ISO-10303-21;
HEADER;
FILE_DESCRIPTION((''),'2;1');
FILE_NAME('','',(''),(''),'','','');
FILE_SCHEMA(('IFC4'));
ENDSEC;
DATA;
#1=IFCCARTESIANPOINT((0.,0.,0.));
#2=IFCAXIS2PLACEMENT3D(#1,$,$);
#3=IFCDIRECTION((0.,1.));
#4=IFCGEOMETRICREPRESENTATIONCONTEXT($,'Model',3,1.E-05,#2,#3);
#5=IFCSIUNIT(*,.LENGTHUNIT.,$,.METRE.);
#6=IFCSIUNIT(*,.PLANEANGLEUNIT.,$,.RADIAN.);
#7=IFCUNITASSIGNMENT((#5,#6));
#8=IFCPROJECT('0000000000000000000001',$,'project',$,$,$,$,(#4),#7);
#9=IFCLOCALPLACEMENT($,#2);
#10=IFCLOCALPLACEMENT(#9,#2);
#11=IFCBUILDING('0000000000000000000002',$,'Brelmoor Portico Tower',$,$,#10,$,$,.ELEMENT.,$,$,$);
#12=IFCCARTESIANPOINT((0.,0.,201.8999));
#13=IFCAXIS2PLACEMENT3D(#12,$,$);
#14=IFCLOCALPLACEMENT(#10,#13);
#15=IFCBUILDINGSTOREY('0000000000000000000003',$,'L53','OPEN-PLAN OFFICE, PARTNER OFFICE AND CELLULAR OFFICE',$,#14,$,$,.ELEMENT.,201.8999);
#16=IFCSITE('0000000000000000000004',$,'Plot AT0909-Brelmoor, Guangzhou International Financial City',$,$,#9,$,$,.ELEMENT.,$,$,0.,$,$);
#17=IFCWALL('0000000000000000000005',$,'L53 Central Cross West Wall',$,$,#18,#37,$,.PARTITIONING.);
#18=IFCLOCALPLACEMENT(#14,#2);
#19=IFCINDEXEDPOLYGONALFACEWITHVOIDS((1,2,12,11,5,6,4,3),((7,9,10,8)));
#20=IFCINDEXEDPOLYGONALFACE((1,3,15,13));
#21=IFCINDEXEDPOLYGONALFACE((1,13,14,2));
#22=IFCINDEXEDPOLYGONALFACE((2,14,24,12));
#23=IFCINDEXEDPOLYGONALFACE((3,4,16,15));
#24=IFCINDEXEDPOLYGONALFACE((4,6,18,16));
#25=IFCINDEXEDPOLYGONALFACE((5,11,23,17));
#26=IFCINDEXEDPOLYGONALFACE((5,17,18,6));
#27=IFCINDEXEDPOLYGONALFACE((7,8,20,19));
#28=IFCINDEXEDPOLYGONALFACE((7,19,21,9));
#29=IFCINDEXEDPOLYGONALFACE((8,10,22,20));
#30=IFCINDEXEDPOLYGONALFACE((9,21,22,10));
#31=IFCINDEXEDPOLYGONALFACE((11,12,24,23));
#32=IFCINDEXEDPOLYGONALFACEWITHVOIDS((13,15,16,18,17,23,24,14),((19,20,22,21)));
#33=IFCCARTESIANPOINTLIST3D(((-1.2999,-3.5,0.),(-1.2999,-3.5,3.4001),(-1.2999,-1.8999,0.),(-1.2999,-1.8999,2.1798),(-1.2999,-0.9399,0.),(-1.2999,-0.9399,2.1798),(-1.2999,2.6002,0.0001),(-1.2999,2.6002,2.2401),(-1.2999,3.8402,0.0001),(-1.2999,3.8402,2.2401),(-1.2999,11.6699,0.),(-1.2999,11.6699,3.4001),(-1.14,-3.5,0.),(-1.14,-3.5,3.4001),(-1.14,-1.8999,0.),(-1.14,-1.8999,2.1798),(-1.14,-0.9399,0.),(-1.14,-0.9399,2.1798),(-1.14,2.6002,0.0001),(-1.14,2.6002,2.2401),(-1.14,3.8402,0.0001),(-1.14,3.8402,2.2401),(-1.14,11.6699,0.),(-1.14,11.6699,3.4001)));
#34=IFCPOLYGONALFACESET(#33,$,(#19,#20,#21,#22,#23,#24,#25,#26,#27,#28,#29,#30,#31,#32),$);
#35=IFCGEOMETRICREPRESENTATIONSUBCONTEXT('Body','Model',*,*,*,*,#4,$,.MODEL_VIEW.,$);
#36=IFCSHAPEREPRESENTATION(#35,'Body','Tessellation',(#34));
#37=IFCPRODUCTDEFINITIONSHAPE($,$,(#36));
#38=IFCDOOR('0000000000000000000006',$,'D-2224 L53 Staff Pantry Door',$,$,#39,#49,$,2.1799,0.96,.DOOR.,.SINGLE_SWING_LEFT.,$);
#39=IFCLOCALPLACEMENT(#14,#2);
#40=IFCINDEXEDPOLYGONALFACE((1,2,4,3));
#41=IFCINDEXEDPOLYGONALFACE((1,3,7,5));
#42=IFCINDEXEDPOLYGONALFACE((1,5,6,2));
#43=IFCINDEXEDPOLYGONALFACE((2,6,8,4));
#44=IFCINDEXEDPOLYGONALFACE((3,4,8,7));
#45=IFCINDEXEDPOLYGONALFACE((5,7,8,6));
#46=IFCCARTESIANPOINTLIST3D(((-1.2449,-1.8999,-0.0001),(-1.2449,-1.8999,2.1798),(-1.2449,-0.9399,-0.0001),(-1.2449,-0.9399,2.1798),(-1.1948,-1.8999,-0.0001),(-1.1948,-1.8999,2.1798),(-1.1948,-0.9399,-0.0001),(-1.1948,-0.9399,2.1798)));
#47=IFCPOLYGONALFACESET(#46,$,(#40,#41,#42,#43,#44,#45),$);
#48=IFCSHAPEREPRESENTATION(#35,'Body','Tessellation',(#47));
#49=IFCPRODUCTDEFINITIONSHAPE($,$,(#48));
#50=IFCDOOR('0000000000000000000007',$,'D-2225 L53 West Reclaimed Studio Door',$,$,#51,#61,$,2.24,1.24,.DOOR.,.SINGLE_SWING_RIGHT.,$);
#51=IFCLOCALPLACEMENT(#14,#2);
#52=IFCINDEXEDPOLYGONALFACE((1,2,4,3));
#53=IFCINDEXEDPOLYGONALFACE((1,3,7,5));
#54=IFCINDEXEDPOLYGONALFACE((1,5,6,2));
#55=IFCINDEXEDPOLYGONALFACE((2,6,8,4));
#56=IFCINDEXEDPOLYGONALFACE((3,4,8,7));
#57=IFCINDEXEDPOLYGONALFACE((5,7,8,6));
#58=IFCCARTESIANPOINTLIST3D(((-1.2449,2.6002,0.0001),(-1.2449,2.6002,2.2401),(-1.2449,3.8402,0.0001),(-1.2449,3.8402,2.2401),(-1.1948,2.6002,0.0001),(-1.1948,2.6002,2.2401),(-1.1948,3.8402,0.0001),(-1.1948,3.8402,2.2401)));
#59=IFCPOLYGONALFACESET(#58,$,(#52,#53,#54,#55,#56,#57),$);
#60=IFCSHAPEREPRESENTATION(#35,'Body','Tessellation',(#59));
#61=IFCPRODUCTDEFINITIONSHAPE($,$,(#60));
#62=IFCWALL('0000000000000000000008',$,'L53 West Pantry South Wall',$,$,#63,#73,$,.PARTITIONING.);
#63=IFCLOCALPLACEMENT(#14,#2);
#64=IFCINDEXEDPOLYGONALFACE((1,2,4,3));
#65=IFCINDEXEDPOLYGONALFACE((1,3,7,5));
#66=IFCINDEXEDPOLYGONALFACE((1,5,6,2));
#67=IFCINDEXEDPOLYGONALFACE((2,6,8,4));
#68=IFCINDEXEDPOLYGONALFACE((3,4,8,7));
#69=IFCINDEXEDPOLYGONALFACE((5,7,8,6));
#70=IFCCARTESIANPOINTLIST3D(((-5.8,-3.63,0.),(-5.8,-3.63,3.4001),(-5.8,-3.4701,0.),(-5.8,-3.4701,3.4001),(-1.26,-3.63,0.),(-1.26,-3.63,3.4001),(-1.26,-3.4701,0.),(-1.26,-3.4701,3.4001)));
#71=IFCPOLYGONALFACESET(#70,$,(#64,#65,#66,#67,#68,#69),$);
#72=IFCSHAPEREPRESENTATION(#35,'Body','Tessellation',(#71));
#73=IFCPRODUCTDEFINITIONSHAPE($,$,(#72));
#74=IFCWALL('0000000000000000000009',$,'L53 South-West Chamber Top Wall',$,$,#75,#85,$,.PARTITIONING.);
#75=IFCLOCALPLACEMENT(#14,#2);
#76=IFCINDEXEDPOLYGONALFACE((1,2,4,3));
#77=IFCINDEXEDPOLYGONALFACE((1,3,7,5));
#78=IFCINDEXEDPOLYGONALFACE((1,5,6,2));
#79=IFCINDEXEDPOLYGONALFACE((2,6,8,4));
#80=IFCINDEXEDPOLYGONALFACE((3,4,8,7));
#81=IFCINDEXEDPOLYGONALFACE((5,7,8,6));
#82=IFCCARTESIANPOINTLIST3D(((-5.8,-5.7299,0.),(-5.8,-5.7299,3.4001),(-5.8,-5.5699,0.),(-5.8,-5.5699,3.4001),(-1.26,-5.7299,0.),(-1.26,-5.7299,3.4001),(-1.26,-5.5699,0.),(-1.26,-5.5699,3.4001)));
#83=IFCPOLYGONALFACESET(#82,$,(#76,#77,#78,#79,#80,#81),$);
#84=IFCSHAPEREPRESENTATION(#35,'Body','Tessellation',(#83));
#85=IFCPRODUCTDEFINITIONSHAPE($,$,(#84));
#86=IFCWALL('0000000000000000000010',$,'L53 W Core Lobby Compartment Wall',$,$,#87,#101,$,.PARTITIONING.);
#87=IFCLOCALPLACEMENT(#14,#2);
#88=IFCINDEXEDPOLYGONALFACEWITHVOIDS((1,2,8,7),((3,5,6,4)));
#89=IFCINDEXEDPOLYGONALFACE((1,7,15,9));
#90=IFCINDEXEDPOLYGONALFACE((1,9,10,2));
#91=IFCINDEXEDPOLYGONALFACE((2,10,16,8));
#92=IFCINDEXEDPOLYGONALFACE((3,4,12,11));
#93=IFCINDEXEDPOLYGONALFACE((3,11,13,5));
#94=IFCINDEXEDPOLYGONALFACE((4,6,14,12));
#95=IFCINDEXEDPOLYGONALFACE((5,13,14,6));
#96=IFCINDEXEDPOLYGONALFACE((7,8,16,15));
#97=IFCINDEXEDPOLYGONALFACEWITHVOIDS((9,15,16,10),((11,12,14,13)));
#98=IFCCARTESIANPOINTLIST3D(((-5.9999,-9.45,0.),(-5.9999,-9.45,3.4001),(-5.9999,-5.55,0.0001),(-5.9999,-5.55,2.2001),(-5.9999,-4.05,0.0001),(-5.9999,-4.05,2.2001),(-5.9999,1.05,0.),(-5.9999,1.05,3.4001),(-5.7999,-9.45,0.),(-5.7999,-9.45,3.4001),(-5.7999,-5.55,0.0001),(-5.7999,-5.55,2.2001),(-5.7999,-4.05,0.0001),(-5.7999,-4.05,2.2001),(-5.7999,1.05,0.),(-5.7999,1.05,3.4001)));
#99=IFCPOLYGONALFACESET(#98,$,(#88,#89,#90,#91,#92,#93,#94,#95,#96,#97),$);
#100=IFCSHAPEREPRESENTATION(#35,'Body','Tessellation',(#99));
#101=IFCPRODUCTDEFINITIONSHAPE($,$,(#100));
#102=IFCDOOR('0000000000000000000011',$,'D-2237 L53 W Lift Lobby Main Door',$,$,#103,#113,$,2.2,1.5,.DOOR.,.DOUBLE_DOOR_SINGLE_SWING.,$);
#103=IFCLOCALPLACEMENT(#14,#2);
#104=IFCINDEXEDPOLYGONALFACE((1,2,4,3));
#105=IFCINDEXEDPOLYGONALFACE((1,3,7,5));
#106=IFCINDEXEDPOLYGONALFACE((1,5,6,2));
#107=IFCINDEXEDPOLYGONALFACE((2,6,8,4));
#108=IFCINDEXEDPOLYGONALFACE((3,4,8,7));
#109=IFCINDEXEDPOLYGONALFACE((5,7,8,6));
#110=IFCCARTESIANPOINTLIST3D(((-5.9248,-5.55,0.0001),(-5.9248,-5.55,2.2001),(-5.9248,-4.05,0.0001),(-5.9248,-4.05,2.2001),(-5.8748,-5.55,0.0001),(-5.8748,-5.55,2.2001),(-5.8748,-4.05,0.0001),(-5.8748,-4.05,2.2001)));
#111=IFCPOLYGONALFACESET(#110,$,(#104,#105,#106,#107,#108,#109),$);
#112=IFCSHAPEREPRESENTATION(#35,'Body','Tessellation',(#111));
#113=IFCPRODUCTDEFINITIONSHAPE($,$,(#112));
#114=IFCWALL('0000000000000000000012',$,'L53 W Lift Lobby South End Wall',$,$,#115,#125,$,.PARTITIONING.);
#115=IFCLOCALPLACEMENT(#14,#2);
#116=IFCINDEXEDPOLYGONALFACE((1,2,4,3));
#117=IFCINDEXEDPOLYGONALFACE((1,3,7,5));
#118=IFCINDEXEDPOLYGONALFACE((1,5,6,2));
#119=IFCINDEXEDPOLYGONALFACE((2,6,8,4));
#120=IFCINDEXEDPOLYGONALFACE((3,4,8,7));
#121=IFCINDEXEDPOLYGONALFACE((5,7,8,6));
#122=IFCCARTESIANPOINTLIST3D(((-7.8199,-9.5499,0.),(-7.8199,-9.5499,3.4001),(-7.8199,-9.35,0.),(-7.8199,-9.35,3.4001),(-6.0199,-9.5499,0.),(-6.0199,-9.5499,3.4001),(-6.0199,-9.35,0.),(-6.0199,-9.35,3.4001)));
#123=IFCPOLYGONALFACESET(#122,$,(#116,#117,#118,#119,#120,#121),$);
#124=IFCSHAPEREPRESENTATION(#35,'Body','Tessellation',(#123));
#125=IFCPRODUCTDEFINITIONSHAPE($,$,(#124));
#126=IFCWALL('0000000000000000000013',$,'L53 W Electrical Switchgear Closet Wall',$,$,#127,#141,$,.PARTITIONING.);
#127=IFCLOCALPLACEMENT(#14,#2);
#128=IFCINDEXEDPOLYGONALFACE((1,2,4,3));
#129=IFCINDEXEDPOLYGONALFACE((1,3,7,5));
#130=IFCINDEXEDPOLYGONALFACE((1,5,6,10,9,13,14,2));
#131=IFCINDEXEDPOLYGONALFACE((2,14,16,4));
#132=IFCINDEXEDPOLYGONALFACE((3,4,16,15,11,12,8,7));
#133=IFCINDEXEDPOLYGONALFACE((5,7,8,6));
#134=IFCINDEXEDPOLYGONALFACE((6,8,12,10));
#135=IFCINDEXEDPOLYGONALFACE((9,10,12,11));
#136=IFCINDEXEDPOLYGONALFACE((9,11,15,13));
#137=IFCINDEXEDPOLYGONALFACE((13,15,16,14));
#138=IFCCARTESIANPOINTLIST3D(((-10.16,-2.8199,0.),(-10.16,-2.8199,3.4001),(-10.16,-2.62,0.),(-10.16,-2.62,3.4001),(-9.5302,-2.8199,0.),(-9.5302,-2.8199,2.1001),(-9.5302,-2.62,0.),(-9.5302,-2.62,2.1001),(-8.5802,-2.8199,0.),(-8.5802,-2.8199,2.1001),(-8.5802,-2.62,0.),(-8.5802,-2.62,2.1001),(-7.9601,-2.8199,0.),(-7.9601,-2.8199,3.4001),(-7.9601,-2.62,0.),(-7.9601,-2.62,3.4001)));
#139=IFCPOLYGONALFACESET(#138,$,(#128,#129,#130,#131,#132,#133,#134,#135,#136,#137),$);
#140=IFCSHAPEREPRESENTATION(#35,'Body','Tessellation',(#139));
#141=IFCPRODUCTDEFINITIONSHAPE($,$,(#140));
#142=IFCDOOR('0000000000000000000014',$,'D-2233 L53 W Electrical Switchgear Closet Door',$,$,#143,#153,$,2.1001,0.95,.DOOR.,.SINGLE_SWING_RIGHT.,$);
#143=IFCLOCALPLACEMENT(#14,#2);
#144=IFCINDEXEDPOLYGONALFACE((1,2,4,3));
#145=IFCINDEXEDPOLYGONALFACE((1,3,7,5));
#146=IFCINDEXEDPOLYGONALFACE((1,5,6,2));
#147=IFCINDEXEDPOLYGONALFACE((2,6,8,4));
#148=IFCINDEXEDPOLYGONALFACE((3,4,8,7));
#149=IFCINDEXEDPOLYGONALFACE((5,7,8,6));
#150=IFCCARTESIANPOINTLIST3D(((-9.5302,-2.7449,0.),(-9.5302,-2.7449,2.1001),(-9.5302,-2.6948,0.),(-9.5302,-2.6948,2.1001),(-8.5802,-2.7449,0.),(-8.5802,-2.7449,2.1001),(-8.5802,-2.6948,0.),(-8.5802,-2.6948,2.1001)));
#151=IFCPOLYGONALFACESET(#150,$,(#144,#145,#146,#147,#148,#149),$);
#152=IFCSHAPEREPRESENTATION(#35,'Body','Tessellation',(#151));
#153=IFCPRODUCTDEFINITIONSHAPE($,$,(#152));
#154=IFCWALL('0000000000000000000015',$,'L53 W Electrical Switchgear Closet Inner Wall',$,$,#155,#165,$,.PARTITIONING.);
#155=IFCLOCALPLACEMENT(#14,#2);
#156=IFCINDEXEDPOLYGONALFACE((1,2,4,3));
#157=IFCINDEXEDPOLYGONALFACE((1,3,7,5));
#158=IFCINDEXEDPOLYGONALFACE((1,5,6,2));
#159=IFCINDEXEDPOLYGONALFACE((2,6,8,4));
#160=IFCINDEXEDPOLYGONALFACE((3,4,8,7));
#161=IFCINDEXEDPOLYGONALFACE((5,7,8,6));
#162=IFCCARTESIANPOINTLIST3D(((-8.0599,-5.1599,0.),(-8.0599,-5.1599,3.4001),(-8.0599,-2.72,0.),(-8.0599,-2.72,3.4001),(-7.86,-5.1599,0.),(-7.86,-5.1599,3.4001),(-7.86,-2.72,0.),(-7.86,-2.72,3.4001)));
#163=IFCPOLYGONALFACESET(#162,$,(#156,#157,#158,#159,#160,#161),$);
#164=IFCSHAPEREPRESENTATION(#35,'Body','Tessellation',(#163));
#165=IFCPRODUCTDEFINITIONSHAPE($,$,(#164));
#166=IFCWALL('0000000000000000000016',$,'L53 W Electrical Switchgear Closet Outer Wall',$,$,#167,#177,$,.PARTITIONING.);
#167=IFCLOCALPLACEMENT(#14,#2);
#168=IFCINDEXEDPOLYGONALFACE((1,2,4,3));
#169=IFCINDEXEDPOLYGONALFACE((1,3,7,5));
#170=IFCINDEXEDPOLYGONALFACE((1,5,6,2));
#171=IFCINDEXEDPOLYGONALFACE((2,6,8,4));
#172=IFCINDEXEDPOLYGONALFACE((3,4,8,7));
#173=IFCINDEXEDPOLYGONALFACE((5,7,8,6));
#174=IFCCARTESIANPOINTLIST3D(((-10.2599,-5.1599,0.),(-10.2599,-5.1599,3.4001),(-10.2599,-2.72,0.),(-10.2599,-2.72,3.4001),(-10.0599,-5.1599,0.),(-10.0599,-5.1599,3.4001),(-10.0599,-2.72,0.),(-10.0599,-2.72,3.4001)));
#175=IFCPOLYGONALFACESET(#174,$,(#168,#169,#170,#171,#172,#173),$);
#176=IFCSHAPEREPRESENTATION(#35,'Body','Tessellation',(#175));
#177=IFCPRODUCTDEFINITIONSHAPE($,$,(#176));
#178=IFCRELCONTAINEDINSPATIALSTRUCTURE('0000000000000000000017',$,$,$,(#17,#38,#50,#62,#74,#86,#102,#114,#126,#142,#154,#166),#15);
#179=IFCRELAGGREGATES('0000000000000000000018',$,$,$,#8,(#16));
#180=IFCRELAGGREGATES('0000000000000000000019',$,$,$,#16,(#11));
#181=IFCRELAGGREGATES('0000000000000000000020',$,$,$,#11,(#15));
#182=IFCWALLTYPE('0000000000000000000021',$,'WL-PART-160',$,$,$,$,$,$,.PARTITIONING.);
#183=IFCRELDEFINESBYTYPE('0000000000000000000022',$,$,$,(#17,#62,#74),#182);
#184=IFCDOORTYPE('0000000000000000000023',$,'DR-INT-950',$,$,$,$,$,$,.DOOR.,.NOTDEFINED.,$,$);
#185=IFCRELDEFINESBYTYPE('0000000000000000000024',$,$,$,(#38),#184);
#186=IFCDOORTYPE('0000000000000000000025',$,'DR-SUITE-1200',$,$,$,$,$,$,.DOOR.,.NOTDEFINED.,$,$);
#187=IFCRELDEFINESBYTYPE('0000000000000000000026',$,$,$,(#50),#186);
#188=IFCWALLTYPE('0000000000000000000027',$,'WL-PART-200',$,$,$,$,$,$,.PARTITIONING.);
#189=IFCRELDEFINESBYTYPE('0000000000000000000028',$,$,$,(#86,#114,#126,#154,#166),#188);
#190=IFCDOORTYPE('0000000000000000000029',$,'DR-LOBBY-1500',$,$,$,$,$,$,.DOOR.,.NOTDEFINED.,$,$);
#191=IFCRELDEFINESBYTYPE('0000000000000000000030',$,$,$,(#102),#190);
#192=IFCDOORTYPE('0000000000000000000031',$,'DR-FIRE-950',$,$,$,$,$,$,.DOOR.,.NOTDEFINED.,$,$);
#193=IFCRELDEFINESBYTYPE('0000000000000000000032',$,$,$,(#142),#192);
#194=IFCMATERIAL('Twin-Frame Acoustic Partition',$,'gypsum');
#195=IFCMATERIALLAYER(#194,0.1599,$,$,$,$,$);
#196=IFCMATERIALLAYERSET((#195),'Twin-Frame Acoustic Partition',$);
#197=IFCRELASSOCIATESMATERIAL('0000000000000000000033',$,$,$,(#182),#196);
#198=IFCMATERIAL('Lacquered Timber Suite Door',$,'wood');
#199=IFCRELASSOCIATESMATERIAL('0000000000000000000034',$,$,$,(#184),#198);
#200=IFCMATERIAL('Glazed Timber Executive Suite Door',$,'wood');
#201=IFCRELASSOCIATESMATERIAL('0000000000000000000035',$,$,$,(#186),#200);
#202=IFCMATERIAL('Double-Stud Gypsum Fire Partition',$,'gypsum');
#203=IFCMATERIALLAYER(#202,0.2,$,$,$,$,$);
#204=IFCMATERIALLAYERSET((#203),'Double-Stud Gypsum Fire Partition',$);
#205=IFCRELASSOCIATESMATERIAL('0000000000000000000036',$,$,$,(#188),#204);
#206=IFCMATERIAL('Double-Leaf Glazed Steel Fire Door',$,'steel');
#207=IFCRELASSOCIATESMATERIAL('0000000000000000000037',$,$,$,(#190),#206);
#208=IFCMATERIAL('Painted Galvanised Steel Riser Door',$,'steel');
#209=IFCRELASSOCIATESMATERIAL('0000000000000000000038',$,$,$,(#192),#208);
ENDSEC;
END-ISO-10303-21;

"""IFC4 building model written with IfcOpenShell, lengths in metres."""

from ifc_helpers import new_model, si_unit, direction, frame, frame_2d, origin, place, context, subcontext, project, spatial, rectangle, extrude, material, layer, layer_set, type_object, element, fill, save


model = new_model("IFC4")

# Units and contexts
model_context = context("Model", 3, precision=1e-05, world=origin(), true_north=direction((0.0, 1.0)))
body_context = subcontext(model_context, "Body", "Model", "MODEL_VIEW")
ifc_project = project(units=[si_unit("LENGTHUNIT", "METRE"), si_unit("PLANEANGLEUNIT", "RADIAN")], contexts=[model_context])

# Site, building, storey
site_placement = place(None, origin())
site = spatial("IfcSite", under=ifc_project, at=site_placement, Name="Plot AT0909-Brelmoor, Guangzhou International Financial City", CompositionType="ELEMENT", RefElevation=0.0)
building_placement = place(site_placement, origin())
building = spatial("IfcBuilding", under=site, at=building_placement, Name="Brelmoor Portico Tower", CompositionType="ELEMENT")
storey_placement = place(building_placement, frame((0.0, 0.0, 201.8999)))
storey = spatial("IfcBuildingStorey", under=building, at=storey_placement, Name="L53", Description="OPEN-PLAN OFFICE, PARTNER OFFICE AND CELLULAR OFFICE", CompositionType="ELEMENT", Elevation=201.8999)

# Shared definitions
ifc_material_1 = material(Name="Twin-Frame Acoustic Partition", Category="gypsum")
ifc_layer_1 = layer(ifc_material_1, 0.1599)
ifc_layer_set_1 = layer_set([ifc_layer_1], Name="Twin-Frame Acoustic Partition")
wall_type_1 = type_object("IfcWallType", Name="WL-PART-160", PredefinedType="PARTITIONING", material=ifc_layer_set_1)
ifc_material_2 = material(Name="Lacquered Timber Suite Door", Category="wood")

# Wall, openings, doors
wall_1_placement = place(storey_placement, frame((-1.22, -3.5, 0.0), z_axis=(0.0, 0.0, 1.0), x_axis=(0.0, 1.0, 0.0)))
wall_1 = element("IfcWall", 1, at=wall_1_placement, inside=storey, type_object=wall_type_1, Name="L53 Central Cross West Wall", PredefinedType="PARTITIONING", context=body_context, shape_type="SweptSolid", body=[
    extrude(rectangle(XDim=15.1699, YDim=0.1599, at=frame_2d((7.585, 0.0))), origin(), (0.0, 0.0, 1.0), 3.4001),
])
opening_1_placement = place(wall_1_placement, frame((6.1001, 0.0, 0.0)))
opening_1 = element("IfcOpeningElement", 2, at=opening_1_placement, cuts=wall_1, PredefinedType="OPENING", context=body_context, shape_type="SweptSolid", body=[
    extrude(rectangle(XDim=1.24, YDim=2.24, at=frame_2d((0.6201, 1.1201))), frame((0.0, 0.0898, 0.0), z_axis=(0.0, -1.0, 0.0), x_axis=(1.0, 0.0, 0.0)), (0.0, 0.0, 1.0), 0.1799),
])
opening_2_placement = place(wall_1_placement, frame((1.6001, 0.0, 0.0)))
opening_2 = element("IfcOpeningElement", 3, at=opening_2_placement, cuts=wall_1, PredefinedType="OPENING", context=body_context, shape_type="SweptSolid", body=[
    extrude(rectangle(XDim=0.96, YDim=2.1799, at=frame_2d((0.48, 1.0898))), frame((0.0, 0.0898, 0.0), z_axis=(0.0, -1.0, 0.0), x_axis=(1.0, 0.0, 0.0)), (0.0, 0.0, 1.0), 0.1799),
])
door_type_1 = type_object("IfcDoorType", Name="DR-INT-950", OperationType="NOTDEFINED", PredefinedType="DOOR", material=ifc_material_2)
door_1_placement = place(opening_2_placement, origin())
door_1 = element("IfcDoor", 4, at=door_1_placement, inside=storey, type_object=door_type_1, Name="D-2224 L53 Staff Pantry Door", OperationType="SINGLE_SWING_LEFT", OverallHeight=2.1799, OverallWidth=0.96, PredefinedType="DOOR", context=body_context, shape_type="SweptSolid", body=[
    extrude(rectangle(XDim=0.96, YDim=2.1799, at=frame_2d((0.48, 1.0898))), frame((0.0, 0.0249, 0.0), z_axis=(0.0, -1.0, 0.0), x_axis=(1.0, 0.0, 0.0)), (0.0, 0.0, 1.0), 0.05),
])
fill(opening_2, door_1)
ifc_material_3 = material(Name="Glazed Timber Executive Suite Door", Category="wood")
door_type_2 = type_object("IfcDoorType", Name="DR-SUITE-1200", OperationType="NOTDEFINED", PredefinedType="DOOR", material=ifc_material_3)
door_2_placement = place(opening_1_placement, origin())
door_2 = element("IfcDoor", 5, at=door_2_placement, inside=storey, type_object=door_type_2, Name="D-2225 L53 West Reclaimed Studio Door", OperationType="SINGLE_SWING_RIGHT", OverallHeight=2.24, OverallWidth=1.24, PredefinedType="DOOR", context=body_context, shape_type="SweptSolid", body=[
    extrude(rectangle(XDim=1.24, YDim=2.24, at=frame_2d((0.6201, 1.1201))), frame((0.0, 0.0249, 0.0), z_axis=(0.0, -1.0, 0.0), x_axis=(1.0, 0.0, 0.0)), (0.0, 0.0, 1.0), 0.05),
])
fill(opening_1, door_2)

# Walls
for number, where, z_axis, x_axis, name in (
    (6, (-5.8, -3.55, 0.0), (0.0, 0.0, 1.0), (1.0, 0.0, 0.0), "L53 West Pantry South Wall"),
    (7, (-5.8, -5.6499, 0.0), (0.0, 0.0, 1.0), (1.0, 0.0, 0.0), "L53 South-West Chamber Top Wall"),
):
    element("IfcWall", number, at=place(storey_placement, frame(where, z_axis=z_axis, x_axis=x_axis)), inside=storey, type_object=wall_type_1, Name=name, PredefinedType="PARTITIONING", context=body_context, shape_type="SweptSolid", body=[
        extrude(rectangle(XDim=4.54, YDim=0.1599, at=frame_2d((2.27, 0.0))), origin(), (0.0, 0.0, 1.0), 3.4001),
    ])

# Wall, opening, door
ifc_material_4 = material(Name="Double-Stud Gypsum Fire Partition", Category="gypsum")
ifc_layer_2 = layer(ifc_material_4, 0.2)
ifc_layer_set_2 = layer_set([ifc_layer_2], Name="Double-Stud Gypsum Fire Partition")
wall_type_2 = type_object("IfcWallType", Name="WL-PART-200", PredefinedType="PARTITIONING", material=ifc_layer_set_2)
wall_2_placement = place(storey_placement, frame((-5.8999, -9.45, 0.0), z_axis=(0.0, 0.0, 1.0), x_axis=(0.0, 1.0, 0.0)))
wall_2 = element("IfcWall", 8, at=wall_2_placement, inside=storey, type_object=wall_type_2, Name="L53 W Core Lobby Compartment Wall", PredefinedType="PARTITIONING", context=body_context, shape_type="SweptSolid", body=[
    extrude(rectangle(XDim=10.5, YDim=0.2, at=frame_2d((5.25, 0.0))), origin(), (0.0, 0.0, 1.0), 3.4001),
])
opening_3_placement = place(wall_2_placement, frame((3.8999, 0.0, 0.0)))
opening_3 = element("IfcOpeningElement", 9, at=opening_3_placement, cuts=wall_2, PredefinedType="OPENING", context=body_context, shape_type="SweptSolid", body=[
    extrude(rectangle(XDim=1.5, YDim=2.2, at=frame_2d((0.75, 1.1001))), frame((0.0, 0.1099, 0.0), z_axis=(0.0, -1.0, 0.0), x_axis=(1.0, 0.0, 0.0)), (0.0, 0.0, 1.0), 0.22),
])
ifc_material_5 = material(Name="Double-Leaf Glazed Steel Fire Door", Category="steel")
door_type_3 = type_object("IfcDoorType", Name="DR-LOBBY-1500", OperationType="NOTDEFINED", PredefinedType="DOOR", material=ifc_material_5)
door_3_placement = place(opening_3_placement, origin())
door_3 = element("IfcDoor", 10, at=door_3_placement, inside=storey, type_object=door_type_3, Name="D-2237 L53 W Lift Lobby Main Door", OperationType="DOUBLE_DOOR_SINGLE_SWING", OverallHeight=2.2, OverallWidth=1.5, PredefinedType="DOOR", context=body_context, shape_type="SweptSolid", body=[
    extrude(rectangle(XDim=1.5, YDim=2.2, at=frame_2d((0.75, 1.1001))), frame((0.0, 0.0249, 0.0), z_axis=(0.0, -1.0, 0.0), x_axis=(1.0, 0.0, 0.0)), (0.0, 0.0, 1.0), 0.05),
])
fill(opening_3, door_3)

# Wall
wall_3_placement = place(storey_placement, frame((-6.02, -9.45, 0.0), z_axis=(0.0, 0.0, 1.0), x_axis=(-1.0, 0.0, 0.0)))
element("IfcWall", 11, at=wall_3_placement, inside=storey, type_object=wall_type_2, Name="L53 W Lift Lobby South End Wall", PredefinedType="PARTITIONING", context=body_context, shape_type="SweptSolid", body=[
    extrude(rectangle(XDim=1.8, YDim=0.2, at=frame_2d((0.8999, 0.0))), origin(), (0.0, 0.0, 1.0), 3.4001),
])

# Wall, opening, door
wall_4_placement = place(storey_placement, frame((-7.96, -2.72, 0.0), z_axis=(0.0, 0.0, 1.0), x_axis=(-1.0, 0.0, 0.0)))
wall_4 = element("IfcWall", 12, at=wall_4_placement, inside=storey, type_object=wall_type_2, Name="L53 W Electrical Switchgear Closet Wall", PredefinedType="PARTITIONING", context=body_context, shape_type="SweptSolid", body=[
    extrude(rectangle(XDim=2.2, YDim=0.2, at=frame_2d((1.1001, 0.0))), origin(), (0.0, 0.0, 1.0), 3.4001),
])
opening_4_placement = place(wall_4_placement, frame((0.6201, 0.0, 0.0)))
opening_4 = element("IfcOpeningElement", 13, at=opening_4_placement, cuts=wall_4, PredefinedType="OPENING", context=body_context, shape_type="SweptSolid", body=[
    extrude(rectangle(XDim=0.95, YDim=2.1001, at=frame_2d((0.4751, 1.05))), frame((0.0, 0.1099, 0.0), z_axis=(0.0, -1.0, 0.0), x_axis=(1.0, 0.0, 0.0)), (0.0, 0.0, 1.0), 0.22),
])
ifc_material_6 = material(Name="Painted Galvanised Steel Riser Door", Category="steel")
door_type_4 = type_object("IfcDoorType", Name="DR-FIRE-950", OperationType="NOTDEFINED", PredefinedType="DOOR", material=ifc_material_6)
door_4_placement = place(opening_4_placement, origin())
door_4 = element("IfcDoor", 14, at=door_4_placement, inside=storey, type_object=door_type_4, Name="D-2233 L53 W Electrical Switchgear Closet Door", OperationType="SINGLE_SWING_RIGHT", OverallHeight=2.1001, OverallWidth=0.95, PredefinedType="DOOR", context=body_context, shape_type="SweptSolid", body=[
    extrude(rectangle(XDim=0.95, YDim=2.1001, at=frame_2d((0.4751, 1.05))), frame((0.0, 0.0249, 0.0), z_axis=(0.0, -1.0, 0.0), x_axis=(1.0, 0.0, 0.0)), (0.0, 0.0, 1.0), 0.05),
])
fill(opening_4, door_4)

# Walls
for number, where, z_axis, x_axis, name in (
    (15, (-7.96, -5.1599, 0.0), (0.0, 0.0, 1.0), (0.0, 1.0, 0.0), "L53 W Electrical Switchgear Closet Inner Wall"),
    (16, (-10.1599, -5.1599, 0.0), (0.0, 0.0, 1.0), (0.0, 1.0, 0.0), "L53 W Electrical Switchgear Closet Outer Wall"),
):
    element("IfcWall", number, at=place(storey_placement, frame(where, z_axis=z_axis, x_axis=x_axis)), inside=storey, type_object=wall_type_2, Name=name, PredefinedType="PARTITIONING", context=body_context, shape_type="SweptSolid", body=[
        extrude(rectangle(XDim=2.4399, YDim=0.2, at=frame_2d((1.22, 0.0))), origin(), (0.0, 0.0, 1.0), 3.4001),
    ])

save(model, "model.ifc")
